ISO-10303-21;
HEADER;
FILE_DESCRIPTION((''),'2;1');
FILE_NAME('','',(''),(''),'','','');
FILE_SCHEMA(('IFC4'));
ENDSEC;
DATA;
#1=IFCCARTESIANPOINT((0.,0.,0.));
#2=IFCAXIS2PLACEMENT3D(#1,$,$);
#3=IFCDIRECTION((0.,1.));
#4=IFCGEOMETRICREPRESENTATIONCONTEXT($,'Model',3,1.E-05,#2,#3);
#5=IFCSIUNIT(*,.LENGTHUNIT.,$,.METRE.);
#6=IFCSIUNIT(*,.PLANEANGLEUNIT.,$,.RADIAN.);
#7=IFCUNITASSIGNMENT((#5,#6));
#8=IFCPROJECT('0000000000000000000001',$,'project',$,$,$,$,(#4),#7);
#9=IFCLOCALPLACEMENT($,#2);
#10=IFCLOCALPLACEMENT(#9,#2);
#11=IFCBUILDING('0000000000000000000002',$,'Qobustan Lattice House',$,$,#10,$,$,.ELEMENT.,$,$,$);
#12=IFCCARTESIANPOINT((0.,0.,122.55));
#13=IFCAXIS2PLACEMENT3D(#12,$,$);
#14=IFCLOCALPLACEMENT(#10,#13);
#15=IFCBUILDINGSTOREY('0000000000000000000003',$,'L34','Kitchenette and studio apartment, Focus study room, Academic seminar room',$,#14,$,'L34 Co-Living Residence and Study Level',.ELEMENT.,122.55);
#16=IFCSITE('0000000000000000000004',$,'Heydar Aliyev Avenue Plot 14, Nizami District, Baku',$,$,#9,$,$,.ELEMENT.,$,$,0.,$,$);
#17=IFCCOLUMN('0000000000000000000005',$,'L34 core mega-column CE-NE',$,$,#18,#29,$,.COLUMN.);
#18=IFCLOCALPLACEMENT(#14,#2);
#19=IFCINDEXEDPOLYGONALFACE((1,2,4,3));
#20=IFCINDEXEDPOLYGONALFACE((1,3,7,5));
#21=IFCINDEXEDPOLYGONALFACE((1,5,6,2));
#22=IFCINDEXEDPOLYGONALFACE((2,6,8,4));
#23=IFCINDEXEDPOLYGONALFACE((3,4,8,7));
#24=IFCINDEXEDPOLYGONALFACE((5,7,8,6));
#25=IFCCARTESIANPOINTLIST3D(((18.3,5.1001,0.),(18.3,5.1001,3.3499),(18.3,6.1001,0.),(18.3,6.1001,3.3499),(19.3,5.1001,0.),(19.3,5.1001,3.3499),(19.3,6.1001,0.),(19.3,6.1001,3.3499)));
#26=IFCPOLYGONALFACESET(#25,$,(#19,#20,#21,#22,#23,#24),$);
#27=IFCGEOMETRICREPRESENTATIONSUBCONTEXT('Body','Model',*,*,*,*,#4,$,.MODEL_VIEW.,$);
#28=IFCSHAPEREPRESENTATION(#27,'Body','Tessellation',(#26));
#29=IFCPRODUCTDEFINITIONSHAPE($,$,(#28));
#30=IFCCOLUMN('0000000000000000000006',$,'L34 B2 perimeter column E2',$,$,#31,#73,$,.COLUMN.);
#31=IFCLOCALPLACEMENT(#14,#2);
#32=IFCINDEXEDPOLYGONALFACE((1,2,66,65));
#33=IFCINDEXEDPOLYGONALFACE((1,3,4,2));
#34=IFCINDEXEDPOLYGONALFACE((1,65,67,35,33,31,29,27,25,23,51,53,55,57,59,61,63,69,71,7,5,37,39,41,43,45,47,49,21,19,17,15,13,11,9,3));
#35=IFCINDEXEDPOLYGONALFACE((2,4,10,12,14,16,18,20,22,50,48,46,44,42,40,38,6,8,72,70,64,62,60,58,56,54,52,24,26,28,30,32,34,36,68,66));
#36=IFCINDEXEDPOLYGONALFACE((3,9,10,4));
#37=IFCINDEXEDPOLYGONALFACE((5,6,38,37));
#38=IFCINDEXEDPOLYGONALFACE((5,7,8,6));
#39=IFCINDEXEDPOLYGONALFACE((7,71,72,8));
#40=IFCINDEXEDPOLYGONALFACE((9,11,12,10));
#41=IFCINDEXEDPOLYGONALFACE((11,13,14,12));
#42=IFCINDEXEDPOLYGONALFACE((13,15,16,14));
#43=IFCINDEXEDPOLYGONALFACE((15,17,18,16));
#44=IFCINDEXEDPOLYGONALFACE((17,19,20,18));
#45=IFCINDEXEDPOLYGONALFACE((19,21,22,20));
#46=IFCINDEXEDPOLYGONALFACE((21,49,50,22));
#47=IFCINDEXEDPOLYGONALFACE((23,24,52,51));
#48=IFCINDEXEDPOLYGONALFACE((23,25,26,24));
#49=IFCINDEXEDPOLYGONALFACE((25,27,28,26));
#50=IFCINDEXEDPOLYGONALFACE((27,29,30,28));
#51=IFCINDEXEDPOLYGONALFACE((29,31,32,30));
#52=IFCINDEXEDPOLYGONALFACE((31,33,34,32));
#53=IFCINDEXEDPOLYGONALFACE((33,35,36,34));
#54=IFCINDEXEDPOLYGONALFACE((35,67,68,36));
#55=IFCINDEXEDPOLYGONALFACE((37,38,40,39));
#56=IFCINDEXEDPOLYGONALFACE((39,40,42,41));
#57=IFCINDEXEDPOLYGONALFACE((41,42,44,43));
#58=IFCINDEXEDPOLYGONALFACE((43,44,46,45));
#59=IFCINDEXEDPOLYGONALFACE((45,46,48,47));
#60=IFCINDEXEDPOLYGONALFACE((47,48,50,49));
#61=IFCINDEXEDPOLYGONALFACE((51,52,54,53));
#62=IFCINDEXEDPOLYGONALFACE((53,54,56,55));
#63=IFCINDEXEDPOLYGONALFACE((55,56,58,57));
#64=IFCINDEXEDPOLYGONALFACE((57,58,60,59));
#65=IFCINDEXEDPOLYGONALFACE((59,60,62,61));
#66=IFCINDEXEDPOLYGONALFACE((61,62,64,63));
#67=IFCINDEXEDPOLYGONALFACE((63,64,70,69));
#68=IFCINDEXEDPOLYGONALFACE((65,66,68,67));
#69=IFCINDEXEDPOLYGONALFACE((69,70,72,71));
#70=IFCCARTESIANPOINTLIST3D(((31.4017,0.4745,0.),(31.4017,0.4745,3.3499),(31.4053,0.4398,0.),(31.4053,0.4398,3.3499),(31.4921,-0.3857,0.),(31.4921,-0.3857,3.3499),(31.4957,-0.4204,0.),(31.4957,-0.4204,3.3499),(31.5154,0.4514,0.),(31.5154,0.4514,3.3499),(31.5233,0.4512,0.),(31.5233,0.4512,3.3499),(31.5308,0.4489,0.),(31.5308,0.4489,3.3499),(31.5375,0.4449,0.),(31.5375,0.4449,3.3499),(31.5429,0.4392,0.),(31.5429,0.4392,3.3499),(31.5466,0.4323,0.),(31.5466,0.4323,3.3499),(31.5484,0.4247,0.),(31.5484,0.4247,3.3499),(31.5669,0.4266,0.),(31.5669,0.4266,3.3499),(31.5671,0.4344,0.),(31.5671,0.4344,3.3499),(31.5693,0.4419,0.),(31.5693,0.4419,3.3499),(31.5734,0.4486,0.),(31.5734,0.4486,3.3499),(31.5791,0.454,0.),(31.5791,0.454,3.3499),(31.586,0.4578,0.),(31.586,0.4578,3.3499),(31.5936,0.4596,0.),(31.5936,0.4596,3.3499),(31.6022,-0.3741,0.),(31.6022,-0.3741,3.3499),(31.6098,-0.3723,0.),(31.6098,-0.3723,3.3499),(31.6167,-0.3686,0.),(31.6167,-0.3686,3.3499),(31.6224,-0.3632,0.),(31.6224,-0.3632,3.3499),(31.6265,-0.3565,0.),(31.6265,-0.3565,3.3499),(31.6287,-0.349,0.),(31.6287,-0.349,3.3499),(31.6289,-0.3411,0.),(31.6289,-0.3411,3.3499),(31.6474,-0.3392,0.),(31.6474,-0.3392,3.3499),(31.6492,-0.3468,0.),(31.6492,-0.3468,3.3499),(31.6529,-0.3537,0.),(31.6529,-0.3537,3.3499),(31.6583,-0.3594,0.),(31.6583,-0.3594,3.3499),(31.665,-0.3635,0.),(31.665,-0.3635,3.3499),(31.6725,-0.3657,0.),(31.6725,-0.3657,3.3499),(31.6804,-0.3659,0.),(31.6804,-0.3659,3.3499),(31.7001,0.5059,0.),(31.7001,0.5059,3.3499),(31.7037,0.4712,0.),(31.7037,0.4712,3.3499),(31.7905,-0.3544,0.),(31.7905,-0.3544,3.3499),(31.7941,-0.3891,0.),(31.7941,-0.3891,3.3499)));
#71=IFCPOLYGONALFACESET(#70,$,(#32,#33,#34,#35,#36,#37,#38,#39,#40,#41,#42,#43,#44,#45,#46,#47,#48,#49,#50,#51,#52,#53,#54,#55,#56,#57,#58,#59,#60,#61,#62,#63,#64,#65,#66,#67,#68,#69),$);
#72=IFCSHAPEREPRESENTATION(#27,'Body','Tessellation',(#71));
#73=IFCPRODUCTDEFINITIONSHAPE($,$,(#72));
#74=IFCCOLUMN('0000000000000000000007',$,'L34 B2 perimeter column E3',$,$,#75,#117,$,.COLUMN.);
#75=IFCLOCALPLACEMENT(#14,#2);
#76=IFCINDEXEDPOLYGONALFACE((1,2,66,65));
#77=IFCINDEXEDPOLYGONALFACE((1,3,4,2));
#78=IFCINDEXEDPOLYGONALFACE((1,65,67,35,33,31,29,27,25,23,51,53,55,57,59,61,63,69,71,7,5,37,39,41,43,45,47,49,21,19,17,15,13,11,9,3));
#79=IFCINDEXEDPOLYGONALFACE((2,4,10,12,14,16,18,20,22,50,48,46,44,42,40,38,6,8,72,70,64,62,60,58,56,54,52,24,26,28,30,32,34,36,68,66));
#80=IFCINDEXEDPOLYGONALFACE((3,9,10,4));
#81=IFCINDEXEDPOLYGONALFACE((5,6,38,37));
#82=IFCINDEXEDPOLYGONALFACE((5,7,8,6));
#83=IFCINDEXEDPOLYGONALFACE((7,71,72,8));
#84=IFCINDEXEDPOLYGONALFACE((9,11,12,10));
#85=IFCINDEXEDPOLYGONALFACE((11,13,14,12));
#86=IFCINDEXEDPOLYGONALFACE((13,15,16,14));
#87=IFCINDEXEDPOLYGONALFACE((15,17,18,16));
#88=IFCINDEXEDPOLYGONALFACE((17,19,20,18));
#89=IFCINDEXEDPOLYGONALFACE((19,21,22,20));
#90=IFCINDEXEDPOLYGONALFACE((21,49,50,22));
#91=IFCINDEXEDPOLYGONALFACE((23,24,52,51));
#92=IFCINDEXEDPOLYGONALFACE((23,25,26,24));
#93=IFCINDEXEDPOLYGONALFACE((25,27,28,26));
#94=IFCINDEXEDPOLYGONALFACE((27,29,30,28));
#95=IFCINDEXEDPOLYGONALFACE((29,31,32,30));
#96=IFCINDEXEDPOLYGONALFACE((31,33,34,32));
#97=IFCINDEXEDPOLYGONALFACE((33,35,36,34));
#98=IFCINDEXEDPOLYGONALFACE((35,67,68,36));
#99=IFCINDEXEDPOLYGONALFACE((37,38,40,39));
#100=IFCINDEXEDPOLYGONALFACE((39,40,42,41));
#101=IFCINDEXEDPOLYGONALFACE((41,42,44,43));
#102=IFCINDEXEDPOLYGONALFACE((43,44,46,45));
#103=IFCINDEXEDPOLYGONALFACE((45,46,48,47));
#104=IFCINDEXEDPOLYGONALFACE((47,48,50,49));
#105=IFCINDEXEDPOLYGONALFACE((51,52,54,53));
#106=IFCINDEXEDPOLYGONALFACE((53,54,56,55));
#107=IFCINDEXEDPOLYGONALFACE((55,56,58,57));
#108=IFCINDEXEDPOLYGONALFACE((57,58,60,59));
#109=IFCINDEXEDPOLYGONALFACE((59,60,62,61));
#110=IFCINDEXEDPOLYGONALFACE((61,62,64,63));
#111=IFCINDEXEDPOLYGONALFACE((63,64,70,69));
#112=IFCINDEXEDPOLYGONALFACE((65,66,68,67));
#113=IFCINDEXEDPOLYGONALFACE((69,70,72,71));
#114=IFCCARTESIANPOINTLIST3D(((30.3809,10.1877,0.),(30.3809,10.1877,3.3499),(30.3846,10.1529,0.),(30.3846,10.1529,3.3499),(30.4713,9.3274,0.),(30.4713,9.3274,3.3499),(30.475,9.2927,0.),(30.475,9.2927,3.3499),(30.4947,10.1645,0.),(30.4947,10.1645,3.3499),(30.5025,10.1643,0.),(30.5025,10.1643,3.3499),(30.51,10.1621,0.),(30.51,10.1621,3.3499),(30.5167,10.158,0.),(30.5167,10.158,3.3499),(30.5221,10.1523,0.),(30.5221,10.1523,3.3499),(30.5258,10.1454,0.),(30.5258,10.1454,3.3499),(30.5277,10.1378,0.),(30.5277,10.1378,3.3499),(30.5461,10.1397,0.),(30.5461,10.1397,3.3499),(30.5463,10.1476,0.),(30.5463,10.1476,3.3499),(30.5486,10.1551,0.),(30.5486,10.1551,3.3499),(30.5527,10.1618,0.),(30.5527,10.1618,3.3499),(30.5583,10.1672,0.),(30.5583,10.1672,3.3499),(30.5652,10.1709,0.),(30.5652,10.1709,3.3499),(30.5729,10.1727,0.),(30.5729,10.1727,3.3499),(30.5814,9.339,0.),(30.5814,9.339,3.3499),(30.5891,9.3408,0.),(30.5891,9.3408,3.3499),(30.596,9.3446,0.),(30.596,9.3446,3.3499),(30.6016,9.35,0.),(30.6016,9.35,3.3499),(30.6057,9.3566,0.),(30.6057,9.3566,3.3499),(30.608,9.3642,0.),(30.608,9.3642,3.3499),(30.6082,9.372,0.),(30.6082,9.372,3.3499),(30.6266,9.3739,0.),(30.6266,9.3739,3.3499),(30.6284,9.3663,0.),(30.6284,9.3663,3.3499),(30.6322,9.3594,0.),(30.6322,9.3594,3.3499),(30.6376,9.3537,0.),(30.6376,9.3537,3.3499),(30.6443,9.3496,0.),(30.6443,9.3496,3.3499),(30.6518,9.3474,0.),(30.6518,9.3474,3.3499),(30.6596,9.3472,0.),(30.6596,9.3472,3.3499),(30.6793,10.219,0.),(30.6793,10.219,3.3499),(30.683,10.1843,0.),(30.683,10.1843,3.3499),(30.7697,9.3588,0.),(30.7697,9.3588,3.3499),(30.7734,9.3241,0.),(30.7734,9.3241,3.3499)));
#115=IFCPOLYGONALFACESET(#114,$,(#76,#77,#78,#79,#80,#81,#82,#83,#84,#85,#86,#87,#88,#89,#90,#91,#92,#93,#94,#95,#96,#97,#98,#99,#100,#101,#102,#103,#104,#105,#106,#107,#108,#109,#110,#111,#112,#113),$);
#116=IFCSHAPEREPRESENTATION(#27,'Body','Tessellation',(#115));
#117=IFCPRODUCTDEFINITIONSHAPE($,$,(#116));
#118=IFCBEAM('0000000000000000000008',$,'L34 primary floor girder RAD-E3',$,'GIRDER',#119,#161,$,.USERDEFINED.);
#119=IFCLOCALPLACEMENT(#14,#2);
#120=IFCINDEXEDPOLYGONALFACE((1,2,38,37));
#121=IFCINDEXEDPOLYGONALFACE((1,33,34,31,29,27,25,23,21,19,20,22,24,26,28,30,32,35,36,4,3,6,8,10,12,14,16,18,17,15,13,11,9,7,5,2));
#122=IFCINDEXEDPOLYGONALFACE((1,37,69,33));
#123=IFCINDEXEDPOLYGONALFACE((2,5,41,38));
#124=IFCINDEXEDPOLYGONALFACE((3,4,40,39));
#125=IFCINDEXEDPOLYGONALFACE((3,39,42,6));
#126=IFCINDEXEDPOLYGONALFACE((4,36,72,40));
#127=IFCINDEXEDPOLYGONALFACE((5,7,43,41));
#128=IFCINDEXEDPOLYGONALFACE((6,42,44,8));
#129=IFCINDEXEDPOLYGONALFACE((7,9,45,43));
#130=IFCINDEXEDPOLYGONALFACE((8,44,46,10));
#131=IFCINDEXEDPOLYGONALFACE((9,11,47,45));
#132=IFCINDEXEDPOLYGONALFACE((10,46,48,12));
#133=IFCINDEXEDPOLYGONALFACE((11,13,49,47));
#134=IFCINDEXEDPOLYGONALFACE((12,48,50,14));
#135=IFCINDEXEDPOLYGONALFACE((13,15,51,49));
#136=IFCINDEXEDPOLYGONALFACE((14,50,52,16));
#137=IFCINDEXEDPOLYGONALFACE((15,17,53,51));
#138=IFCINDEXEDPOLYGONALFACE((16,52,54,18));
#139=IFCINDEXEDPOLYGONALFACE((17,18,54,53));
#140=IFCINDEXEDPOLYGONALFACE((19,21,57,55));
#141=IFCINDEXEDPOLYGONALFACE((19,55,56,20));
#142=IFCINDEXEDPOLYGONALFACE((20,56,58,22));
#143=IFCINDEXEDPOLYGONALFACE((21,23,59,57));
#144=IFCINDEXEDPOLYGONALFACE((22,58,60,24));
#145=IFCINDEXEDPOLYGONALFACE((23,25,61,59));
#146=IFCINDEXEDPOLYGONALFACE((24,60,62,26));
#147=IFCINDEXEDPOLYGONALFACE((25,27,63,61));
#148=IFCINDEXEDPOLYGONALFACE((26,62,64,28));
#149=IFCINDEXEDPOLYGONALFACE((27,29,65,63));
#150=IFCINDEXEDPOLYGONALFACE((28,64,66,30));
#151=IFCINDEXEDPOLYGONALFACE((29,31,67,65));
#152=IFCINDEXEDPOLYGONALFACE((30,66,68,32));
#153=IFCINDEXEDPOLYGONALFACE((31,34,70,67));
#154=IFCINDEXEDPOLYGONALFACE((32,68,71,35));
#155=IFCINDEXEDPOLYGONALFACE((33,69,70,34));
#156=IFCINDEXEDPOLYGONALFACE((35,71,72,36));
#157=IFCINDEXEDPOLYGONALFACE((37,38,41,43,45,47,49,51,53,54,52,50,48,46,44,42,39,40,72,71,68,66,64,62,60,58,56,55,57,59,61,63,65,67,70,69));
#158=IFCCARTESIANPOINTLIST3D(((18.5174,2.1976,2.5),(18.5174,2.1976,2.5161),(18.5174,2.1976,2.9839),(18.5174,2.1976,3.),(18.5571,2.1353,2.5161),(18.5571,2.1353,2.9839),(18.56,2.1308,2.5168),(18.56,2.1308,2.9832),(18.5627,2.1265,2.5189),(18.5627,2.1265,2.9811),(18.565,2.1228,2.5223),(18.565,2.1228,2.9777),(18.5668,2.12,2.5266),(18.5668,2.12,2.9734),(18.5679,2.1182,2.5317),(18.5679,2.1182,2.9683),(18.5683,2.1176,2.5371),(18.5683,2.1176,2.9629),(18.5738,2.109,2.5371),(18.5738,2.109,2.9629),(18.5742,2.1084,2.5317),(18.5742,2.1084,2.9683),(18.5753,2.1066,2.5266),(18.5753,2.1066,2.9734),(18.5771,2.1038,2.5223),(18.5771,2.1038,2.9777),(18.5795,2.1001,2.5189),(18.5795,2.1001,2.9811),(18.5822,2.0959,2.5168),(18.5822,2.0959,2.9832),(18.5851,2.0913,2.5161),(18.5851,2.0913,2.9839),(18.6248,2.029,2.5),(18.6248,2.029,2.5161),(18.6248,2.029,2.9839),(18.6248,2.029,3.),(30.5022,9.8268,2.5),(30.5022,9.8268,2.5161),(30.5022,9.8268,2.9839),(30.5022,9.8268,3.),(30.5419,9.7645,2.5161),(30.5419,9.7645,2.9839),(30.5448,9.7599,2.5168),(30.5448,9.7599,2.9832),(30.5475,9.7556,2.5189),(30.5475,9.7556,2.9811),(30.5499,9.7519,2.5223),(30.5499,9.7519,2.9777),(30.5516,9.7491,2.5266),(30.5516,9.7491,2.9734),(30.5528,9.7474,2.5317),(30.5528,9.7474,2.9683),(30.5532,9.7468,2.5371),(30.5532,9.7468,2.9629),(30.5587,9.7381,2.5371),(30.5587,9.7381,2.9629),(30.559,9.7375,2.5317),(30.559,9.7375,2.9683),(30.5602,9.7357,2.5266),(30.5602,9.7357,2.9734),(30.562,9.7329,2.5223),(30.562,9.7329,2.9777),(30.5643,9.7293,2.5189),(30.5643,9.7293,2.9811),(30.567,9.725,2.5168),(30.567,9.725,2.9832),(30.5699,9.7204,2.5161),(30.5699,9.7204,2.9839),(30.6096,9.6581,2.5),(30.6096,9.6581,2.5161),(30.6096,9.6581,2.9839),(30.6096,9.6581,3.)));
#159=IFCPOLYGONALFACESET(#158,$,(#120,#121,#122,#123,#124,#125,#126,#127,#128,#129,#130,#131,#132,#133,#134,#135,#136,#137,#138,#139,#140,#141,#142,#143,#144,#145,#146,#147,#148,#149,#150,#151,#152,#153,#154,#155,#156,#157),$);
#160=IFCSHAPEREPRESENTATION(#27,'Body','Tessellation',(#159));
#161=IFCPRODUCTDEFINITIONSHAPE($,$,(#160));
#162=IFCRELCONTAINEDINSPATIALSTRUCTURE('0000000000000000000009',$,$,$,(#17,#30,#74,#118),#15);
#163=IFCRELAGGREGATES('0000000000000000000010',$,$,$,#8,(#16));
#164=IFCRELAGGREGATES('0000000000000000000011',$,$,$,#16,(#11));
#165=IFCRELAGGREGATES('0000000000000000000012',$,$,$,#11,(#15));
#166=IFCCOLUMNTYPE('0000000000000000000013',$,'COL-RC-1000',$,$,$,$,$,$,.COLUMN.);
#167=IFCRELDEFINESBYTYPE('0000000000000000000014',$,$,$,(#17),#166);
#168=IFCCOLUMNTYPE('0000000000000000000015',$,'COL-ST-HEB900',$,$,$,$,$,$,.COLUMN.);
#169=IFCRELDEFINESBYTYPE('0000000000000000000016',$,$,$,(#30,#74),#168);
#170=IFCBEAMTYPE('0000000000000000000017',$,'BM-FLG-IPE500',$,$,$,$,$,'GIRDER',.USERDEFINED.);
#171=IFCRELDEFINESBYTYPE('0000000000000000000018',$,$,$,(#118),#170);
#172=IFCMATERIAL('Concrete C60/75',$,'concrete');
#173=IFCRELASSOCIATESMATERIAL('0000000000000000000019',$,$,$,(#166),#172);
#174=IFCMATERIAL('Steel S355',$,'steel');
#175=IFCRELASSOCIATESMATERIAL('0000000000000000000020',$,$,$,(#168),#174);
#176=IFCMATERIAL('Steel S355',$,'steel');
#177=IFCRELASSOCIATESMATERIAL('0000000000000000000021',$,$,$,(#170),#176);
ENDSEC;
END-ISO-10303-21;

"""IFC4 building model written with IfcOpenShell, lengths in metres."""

from ifc_helpers import new_model, si_unit, direction, frame, origin, origin_2d, place, context, subcontext, project, spatial, rectangle, i_section, extrude, material, material_profile, profile_set, type_object, element, save


model = new_model("IFC4")

# Units and contexts
model_context = context("Model", 3, precision=1e-05, world=origin(), true_north=direction((0.0, 1.0)))
body_context = subcontext(model_context, "Body", "Model", "MODEL_VIEW")
ifc_project = project(units=[si_unit("LENGTHUNIT", "METRE"), si_unit("PLANEANGLEUNIT", "RADIAN")], contexts=[model_context])

# Site, building, storey
site_placement = place(None, origin())
site = spatial("IfcSite", under=ifc_project, at=site_placement, Name="Heydar Aliyev Avenue Plot 14, Nizami District, Baku", CompositionType="ELEMENT", RefElevation=0.0)
building_placement = place(site_placement, origin())
building = spatial("IfcBuilding", under=site, at=building_placement, Name="Qobustan Lattice House", CompositionType="ELEMENT")
storey_placement = place(building_placement, frame((0.0, 0.0, 122.55)))
storey = spatial("IfcBuildingStorey", under=building, at=storey_placement, Name="L34", Description="Kitchenette and studio apartment, Focus study room, Academic seminar room", LongName="L34 Co-Living Residence and Study Level", CompositionType="ELEMENT", Elevation=122.55)

# Columns
ifc_material_1 = material(Name="Concrete C60/75", Category="concrete")
ifc_material_profile_1 = material_profile(ifc_material_1, rectangle(XDim=1.0, YDim=1.0, at=origin_2d()), Name="RC1000x1000")
ifc_profile_set_1 = profile_set([ifc_material_profile_1], Name="Concrete C60/75")
column_type_1 = type_object("IfcColumnType", Name="COL-RC-1000", PredefinedType="COLUMN", material=ifc_profile_set_1)
column_placement = place(storey_placement, frame((18.8, 5.6001, 0.0), z_axis=(0.0, 0.0, 1.0), x_axis=(1.0, 0.0, 0.0)))
element("IfcColumn", 1, at=column_placement, inside=storey, type_object=column_type_1, Name="L34 core mega-column CE-NE", PredefinedType="COLUMN", context=body_context, shape_type="SweptSolid", body=[
    extrude(rectangle(XDim=1.0, YDim=1.0, at=origin_2d()), origin(), (0.0, 0.0, 1.0), 3.3499),
])
ifc_material_2 = material(Name="Steel S355", Category="steel")
ifc_material_profile_2 = material_profile(ifc_material_2, i_section(OverallWidth=0.3, OverallDepth=0.8999, WebThickness=0.0186, FlangeThickness=0.0349, FilletRadius=0.03, at=origin_2d()), Name="HEB900")
ifc_profile_set_2 = profile_set([ifc_material_profile_2], Name="Steel S355")
column_type_2 = type_object("IfcColumnType", Name="COL-ST-HEB900", PredefinedType="COLUMN", material=ifc_profile_set_2)
for number, where, z_axis, x_axis, name in (
    (2, (31.5979, 0.0427, 0.0), (0.0, 0.0, 1.0), (0.994522, 0.104528, 0.0), "L34 B2 perimeter column E2"),
    (3, (30.5771, 9.7559, 0.0), (0.0, 0.0, 1.0), (0.994522, 0.104528, 0.0), "L34 B2 perimeter column E3"),
):
    element("IfcColumn", number, at=place(storey_placement, frame(where, z_axis=z_axis, x_axis=x_axis)), inside=storey, type_object=column_type_2, Name=name, PredefinedType="COLUMN", context=body_context, shape_type="SweptSolid", body=[
        extrude(i_section(OverallWidth=0.3, OverallDepth=0.8999, WebThickness=0.0186, FlangeThickness=0.0349, FilletRadius=0.03, at=origin_2d()), origin(), (0.0, 0.0, 1.0), 3.3499),
    ])

# Beam
ifc_material_3 = material(Name="Steel S355", Category="steel")
ifc_material_profile_3 = material_profile(ifc_material_3, i_section(OverallWidth=0.2, OverallDepth=0.5, WebThickness=0.0103, FlangeThickness=0.0161, FilletRadius=0.021, at=origin_2d()), Name="IPE500")
ifc_profile_set_3 = profile_set([ifc_material_profile_3], Name="Steel S355")
beam_type_1 = type_object("IfcBeamType", Name="BM-FLG-IPE500", ElementType="GIRDER", PredefinedType="USERDEFINED", material=ifc_profile_set_3)
beam_1_placement = place(storey_placement, frame((30.5559, 9.7424, 2.75), z_axis=(-0.843584, -0.536997, 0.0), x_axis=(0.536997, -0.843584, 0.0)))
element("IfcBeam", 4, at=beam_1_placement, inside=storey, type_object=beam_type_1, Name="L34 primary floor girder RAD-E3", ObjectType="GIRDER", PredefinedType="USERDEFINED", context=body_context, shape_type="SweptSolid", body=[
    extrude(i_section(OverallWidth=0.2, OverallDepth=0.5, WebThickness=0.0103, FlangeThickness=0.0161, FilletRadius=0.021, at=origin_2d()), origin(), (0.0, 0.0, 1.0), 14.207),
])

save(model, "model.ifc")
